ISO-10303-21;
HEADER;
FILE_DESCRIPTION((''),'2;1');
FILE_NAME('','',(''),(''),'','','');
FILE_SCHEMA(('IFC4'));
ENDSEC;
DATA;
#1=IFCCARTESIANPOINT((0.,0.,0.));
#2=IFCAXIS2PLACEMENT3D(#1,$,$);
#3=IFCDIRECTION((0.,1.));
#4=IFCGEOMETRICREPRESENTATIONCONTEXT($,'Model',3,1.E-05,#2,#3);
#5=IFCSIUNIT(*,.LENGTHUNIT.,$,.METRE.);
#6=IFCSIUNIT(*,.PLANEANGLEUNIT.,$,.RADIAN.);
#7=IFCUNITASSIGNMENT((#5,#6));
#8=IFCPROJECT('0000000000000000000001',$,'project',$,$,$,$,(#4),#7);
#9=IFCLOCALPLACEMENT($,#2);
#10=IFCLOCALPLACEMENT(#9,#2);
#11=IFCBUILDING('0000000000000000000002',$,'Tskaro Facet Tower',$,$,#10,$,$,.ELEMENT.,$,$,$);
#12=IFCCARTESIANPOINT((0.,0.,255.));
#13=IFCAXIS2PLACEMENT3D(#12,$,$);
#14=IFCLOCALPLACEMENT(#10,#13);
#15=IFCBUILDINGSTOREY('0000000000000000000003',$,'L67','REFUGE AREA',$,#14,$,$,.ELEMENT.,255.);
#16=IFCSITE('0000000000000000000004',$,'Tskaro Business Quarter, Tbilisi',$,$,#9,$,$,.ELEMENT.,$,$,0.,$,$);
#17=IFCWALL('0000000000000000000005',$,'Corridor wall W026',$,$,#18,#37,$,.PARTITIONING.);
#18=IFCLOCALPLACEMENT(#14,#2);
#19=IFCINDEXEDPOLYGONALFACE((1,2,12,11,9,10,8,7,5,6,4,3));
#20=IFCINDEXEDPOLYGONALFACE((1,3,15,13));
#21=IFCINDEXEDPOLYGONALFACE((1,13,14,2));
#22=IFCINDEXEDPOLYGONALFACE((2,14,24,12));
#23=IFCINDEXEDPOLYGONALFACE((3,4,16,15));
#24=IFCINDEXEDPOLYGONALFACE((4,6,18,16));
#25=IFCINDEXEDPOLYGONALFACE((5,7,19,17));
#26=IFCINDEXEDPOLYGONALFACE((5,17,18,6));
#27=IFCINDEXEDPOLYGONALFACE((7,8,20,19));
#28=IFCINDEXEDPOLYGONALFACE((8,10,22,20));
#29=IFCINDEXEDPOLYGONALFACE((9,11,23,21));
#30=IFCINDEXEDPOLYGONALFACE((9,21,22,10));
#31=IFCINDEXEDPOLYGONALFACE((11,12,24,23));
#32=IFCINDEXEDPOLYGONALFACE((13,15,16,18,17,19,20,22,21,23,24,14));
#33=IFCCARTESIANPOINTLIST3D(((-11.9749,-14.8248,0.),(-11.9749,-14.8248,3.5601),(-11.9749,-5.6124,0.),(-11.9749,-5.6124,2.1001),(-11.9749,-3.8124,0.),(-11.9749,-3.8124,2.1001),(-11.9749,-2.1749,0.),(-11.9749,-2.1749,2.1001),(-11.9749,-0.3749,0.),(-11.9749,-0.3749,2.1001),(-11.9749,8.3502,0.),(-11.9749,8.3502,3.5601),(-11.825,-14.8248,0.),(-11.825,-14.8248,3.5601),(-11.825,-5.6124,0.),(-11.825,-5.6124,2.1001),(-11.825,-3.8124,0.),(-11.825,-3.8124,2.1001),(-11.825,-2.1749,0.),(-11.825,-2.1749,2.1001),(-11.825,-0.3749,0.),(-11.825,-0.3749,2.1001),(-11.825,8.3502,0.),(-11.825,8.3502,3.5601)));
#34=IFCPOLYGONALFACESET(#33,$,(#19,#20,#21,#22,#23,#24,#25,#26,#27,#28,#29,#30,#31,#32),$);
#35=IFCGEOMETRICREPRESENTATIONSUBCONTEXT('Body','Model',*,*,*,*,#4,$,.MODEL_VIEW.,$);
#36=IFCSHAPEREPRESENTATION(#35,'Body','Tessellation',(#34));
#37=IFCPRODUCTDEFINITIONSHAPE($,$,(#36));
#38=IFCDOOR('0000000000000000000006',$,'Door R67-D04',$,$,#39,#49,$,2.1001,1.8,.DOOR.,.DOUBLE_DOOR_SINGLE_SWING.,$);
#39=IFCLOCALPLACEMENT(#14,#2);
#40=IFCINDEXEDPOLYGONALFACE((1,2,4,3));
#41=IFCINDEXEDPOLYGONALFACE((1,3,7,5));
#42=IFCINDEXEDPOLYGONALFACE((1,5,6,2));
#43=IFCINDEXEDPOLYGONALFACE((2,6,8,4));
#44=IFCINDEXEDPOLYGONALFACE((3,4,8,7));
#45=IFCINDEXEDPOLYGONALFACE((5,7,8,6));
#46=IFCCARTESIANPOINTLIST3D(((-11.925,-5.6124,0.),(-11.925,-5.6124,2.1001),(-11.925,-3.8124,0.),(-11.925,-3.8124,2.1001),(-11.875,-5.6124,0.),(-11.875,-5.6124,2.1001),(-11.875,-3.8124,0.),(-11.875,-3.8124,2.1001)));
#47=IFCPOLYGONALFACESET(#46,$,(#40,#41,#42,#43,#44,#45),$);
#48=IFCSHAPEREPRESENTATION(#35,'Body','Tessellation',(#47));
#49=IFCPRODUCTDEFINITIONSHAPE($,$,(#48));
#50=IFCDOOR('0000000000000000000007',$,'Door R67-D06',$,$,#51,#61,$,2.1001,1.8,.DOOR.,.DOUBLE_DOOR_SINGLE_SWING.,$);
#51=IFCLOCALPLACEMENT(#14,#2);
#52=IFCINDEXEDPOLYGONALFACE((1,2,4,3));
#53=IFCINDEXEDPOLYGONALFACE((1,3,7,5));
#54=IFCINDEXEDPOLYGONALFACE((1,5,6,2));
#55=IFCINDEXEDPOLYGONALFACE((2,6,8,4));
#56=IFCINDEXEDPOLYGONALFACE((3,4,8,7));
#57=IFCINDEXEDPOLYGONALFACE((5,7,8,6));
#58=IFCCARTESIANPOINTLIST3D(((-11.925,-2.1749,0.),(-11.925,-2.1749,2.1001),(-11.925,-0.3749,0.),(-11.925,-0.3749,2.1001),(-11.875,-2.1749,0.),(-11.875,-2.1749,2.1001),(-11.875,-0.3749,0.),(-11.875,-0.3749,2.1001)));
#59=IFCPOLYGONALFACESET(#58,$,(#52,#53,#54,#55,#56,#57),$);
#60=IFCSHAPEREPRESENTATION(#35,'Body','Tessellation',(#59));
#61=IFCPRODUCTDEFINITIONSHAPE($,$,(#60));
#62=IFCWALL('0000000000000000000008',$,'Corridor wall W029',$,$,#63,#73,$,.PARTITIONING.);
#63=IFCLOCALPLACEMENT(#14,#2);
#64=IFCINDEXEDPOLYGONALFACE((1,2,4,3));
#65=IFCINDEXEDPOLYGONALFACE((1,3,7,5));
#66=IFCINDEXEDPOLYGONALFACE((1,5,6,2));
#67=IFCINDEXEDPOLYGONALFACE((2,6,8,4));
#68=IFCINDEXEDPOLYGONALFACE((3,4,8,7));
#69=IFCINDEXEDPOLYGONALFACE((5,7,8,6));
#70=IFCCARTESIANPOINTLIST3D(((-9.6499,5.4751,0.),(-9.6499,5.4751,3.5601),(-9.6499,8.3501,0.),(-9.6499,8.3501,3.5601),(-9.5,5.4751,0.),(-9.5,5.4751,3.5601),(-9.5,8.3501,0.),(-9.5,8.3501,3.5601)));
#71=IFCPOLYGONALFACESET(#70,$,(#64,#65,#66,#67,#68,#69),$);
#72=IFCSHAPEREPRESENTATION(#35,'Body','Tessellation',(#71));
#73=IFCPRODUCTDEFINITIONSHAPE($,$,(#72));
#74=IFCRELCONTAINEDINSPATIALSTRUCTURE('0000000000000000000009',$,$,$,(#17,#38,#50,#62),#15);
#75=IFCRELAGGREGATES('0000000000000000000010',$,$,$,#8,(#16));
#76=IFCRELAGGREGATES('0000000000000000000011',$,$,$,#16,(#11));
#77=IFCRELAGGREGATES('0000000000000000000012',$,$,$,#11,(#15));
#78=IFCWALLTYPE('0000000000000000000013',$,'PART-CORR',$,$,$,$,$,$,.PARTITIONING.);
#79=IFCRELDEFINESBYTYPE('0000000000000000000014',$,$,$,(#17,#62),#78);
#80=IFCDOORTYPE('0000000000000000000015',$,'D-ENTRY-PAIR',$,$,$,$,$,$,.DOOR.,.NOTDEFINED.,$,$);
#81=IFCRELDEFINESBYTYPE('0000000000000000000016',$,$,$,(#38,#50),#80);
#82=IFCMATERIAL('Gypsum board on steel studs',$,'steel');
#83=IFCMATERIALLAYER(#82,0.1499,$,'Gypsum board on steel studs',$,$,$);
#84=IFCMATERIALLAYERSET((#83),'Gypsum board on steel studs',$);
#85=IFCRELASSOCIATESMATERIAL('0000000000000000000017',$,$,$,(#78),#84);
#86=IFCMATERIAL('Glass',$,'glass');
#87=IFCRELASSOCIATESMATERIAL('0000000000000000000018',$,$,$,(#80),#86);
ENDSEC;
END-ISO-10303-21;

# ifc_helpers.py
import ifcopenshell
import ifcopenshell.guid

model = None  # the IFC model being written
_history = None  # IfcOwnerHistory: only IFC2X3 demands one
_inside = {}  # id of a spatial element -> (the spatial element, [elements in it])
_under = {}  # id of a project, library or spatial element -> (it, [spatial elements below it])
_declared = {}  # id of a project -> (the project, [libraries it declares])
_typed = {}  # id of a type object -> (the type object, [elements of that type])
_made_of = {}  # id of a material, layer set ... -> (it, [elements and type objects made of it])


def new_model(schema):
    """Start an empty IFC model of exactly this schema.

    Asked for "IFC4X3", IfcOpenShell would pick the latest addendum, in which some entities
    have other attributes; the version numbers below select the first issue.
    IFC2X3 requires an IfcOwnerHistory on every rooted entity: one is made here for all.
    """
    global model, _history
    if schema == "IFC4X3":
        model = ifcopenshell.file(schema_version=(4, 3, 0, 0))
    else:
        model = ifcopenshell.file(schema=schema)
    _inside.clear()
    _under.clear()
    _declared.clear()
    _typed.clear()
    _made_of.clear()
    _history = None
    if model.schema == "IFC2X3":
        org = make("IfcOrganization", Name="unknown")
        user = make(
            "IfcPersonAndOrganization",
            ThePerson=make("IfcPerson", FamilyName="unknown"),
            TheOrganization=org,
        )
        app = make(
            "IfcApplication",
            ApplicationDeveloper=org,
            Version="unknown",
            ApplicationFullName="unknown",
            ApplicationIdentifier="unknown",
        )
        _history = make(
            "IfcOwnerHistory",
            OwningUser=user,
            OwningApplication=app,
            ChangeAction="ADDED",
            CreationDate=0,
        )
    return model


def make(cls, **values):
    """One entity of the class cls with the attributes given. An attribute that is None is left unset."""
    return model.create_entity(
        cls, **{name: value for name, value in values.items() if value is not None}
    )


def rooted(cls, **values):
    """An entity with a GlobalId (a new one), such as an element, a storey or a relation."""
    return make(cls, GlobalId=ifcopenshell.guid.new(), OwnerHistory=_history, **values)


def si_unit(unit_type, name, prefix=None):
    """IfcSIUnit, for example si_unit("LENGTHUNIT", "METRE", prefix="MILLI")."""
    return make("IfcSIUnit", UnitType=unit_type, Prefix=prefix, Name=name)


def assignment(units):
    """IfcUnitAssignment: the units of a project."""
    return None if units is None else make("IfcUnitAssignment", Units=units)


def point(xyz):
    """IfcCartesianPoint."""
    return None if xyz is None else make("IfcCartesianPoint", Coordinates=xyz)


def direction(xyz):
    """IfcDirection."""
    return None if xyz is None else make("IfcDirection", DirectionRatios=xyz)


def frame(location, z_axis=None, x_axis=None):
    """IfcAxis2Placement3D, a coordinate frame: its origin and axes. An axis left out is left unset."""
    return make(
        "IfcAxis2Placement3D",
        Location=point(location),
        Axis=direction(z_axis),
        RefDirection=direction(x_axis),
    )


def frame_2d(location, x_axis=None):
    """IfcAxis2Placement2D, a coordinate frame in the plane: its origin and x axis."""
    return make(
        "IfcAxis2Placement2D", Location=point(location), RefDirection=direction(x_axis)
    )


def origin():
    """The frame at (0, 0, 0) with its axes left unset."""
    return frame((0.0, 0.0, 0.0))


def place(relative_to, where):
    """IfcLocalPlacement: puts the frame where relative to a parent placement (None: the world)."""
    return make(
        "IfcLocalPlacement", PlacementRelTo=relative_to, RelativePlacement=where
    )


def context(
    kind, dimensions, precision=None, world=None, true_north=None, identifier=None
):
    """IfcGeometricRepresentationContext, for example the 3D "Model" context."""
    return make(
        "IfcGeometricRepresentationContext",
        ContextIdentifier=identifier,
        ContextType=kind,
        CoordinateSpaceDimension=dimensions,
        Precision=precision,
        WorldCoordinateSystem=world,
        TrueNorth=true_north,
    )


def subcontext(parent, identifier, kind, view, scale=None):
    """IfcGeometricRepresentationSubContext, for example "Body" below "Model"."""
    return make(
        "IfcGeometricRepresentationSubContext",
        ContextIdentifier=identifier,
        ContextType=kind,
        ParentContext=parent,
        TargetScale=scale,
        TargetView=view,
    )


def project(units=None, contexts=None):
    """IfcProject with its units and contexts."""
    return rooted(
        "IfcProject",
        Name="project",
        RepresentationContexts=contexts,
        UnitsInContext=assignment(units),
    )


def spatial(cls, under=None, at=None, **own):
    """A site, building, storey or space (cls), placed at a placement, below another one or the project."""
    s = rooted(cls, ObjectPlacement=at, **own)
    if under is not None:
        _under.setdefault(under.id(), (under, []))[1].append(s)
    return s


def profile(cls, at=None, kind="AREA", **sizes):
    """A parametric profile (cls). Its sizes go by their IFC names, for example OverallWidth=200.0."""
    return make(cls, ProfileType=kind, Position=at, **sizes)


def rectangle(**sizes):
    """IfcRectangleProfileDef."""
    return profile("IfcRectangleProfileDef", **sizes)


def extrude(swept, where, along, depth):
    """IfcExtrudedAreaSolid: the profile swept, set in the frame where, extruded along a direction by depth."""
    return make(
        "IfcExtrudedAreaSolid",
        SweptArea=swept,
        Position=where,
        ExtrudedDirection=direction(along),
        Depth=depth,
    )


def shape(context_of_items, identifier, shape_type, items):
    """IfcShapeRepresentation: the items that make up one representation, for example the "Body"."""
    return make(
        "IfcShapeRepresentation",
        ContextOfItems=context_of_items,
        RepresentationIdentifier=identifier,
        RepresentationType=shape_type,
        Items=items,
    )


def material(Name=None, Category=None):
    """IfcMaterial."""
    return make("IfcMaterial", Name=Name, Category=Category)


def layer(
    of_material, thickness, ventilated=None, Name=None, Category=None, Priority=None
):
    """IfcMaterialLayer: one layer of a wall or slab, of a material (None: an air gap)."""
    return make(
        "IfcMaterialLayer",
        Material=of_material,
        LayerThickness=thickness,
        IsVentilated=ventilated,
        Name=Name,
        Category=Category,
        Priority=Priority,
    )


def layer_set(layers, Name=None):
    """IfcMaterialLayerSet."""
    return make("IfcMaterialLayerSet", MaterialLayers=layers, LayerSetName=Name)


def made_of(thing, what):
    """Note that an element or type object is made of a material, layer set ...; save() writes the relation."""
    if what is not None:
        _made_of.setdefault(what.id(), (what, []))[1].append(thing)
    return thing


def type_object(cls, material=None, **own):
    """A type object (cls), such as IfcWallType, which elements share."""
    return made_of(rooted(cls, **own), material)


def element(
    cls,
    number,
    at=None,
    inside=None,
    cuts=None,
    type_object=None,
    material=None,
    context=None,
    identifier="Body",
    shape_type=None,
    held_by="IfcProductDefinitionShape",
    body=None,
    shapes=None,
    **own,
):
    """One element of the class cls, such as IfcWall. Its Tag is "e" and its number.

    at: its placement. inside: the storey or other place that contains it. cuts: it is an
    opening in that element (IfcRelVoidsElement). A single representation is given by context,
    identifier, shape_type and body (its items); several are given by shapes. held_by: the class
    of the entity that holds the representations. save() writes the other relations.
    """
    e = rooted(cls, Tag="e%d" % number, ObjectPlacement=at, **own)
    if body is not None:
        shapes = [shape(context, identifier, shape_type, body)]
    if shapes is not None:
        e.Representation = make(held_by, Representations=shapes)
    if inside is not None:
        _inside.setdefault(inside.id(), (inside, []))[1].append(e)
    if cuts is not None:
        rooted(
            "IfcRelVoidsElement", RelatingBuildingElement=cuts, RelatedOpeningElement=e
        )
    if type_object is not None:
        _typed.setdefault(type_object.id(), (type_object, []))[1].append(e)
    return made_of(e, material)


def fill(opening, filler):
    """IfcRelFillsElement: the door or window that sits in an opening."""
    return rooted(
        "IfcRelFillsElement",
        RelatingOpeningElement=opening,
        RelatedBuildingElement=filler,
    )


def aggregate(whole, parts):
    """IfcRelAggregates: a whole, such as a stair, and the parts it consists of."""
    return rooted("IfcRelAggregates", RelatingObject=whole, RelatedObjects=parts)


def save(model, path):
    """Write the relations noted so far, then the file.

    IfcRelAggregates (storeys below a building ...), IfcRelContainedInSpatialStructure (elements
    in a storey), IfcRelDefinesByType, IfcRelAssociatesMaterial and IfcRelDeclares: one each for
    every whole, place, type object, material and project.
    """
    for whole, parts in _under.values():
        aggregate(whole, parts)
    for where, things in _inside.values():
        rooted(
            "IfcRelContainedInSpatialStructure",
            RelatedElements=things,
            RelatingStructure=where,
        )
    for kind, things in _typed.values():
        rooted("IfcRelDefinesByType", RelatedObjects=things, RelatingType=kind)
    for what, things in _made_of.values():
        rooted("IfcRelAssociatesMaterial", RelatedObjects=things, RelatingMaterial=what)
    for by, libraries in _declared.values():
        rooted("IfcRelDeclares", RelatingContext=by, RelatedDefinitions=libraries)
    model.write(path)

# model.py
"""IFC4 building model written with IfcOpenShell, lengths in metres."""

from ifc_helpers import new_model, si_unit, direction, frame, frame_2d, origin, place, context, subcontext, project, spatial, rectangle, extrude, material, layer, layer_set, type_object, element, fill, save


model = new_model("IFC4")

# Units and contexts
model_context = context("Model", 3, precision=1e-05, world=origin(), true_north=direction((0.0, 1.0)))
body_context = subcontext(model_context, "Body", "Model", "MODEL_VIEW")
ifc_project = project(units=[si_unit("LENGTHUNIT", "METRE"), si_unit("PLANEANGLEUNIT", "RADIAN")], contexts=[model_context])

# Site, building, storey
site_placement = place(None, origin())
site = spatial("IfcSite", under=ifc_project, at=site_placement, Name="Tskaro Business Quarter, Tbilisi", CompositionType="ELEMENT", RefElevation=0.0)
building_placement = place(site_placement, origin())
building = spatial("IfcBuilding", under=site, at=building_placement, Name="Tskaro Facet Tower", CompositionType="ELEMENT")
storey_placement = place(building_placement, frame((0.0, 0.0, 255.0)))
storey = spatial("IfcBuildingStorey", under=building, at=storey_placement, Name="L67", Description="REFUGE AREA", CompositionType="ELEMENT", Elevation=255.0)

# Shared definitions
ifc_material_1 = material(Name="Gypsum board on steel studs", Category="steel")

# Shared definitions
ifc_layer_1 = layer(ifc_material_1, 0.1499, Name="Gypsum board on steel studs")
ifc_layer_set_1 = layer_set([ifc_layer_1], Name="Gypsum board on steel studs")
wall_type_1 = type_object("IfcWallType", Name="PART-CORR", PredefinedType="PARTITIONING", material=ifc_layer_set_1)

# Wall, openings, doors
wall_1_placement = place(storey_placement, frame((-11.8999, 8.3501, 0.0), z_axis=(0.0, 0.0, 1.0), x_axis=(0.0, -1.0, 0.0)))
wall_1 = element("IfcWall", 1, at=wall_1_placement, inside=storey, type_object=wall_type_1, Name="Corridor wall W026", PredefinedType="PARTITIONING", context=body_context, shape_type="SweptSolid", body=[
    extrude(rectangle(XDim=23.175, YDim=0.1499, at=frame_2d((11.5874, 0.0))), origin(), (0.0, 0.0, 1.0), 3.5601),
])
opening_1_placement = place(wall_1_placement, frame((12.1626, 0.0, 0.0)))
opening_1 = element("IfcOpeningElement", 2, at=opening_1_placement, cuts=wall_1, PredefinedType="OPENING", context=body_context, shape_type="SweptSolid", body=[
    extrude(rectangle(XDim=1.8, YDim=2.1001, at=frame_2d((0.8999, 1.05))), frame((0.0, 0.085, 0.0), z_axis=(0.0, -1.0, 0.0), x_axis=(1.0, 0.0, 0.0)), (0.0, 0.0, 1.0), 0.1699),
])
opening_2_placement = place(wall_1_placement, frame((8.7251, 0.0, 0.0)))
opening_2 = element("IfcOpeningElement", 3, at=opening_2_placement, cuts=wall_1, PredefinedType="OPENING", context=body_context, shape_type="SweptSolid", body=[
    extrude(rectangle(XDim=1.8, YDim=2.1001, at=frame_2d((0.8999, 1.05))), frame((0.0, 0.085, 0.0), z_axis=(0.0, -1.0, 0.0), x_axis=(1.0, 0.0, 0.0)), (0.0, 0.0, 1.0), 0.1699),
])
ifc_material_2 = material(Name="Glass", Category="glass")
door_type_1 = type_object("IfcDoorType", Name="D-ENTRY-PAIR", OperationType="NOTDEFINED", PredefinedType="DOOR", material=ifc_material_2)
door_1_placement = place(opening_1_placement, origin())
door_1 = element("IfcDoor", 4, at=door_1_placement, inside=storey, type_object=door_type_1, Name="Door R67-D04", OperationType="DOUBLE_DOOR_SINGLE_SWING", OverallHeight=2.1001, OverallWidth=1.8, PredefinedType="DOOR", context=body_context, shape_type="SweptSolid", body=[
    extrude(rectangle(XDim=1.8, YDim=2.1001, at=frame_2d((0.8999, 1.05))), frame((0.0, 0.0249, 0.0), z_axis=(0.0, -1.0, 0.0), x_axis=(1.0, 0.0, 0.0)), (0.0, 0.0, 1.0), 0.05),
])
fill(opening_1, door_1)
door_2_placement = place(opening_2_placement, origin())
door_2 = element("IfcDoor", 5, at=door_2_placement, inside=storey, type_object=door_type_1, Name="Door R67-D06", OperationType="DOUBLE_DOOR_SINGLE_SWING", OverallHeight=2.1001, OverallWidth=1.8, PredefinedType="DOOR", context=body_context, shape_type="SweptSolid", body=[
    extrude(rectangle(XDim=1.8, YDim=2.1001, at=frame_2d((0.8999, 1.05))), frame((0.0, 0.0249, 0.0), z_axis=(0.0, -1.0, 0.0), x_axis=(1.0, 0.0, 0.0)), (0.0, 0.0, 1.0), 0.05),
])
fill(opening_2, door_2)

# Wall
wall_2_placement = place(storey_placement, frame((-9.575, 5.4751, 0.0), z_axis=(0.0, 0.0, 1.0), x_axis=(0.0, 1.0, 0.0)))
element("IfcWall", 6, at=wall_2_placement, inside=storey, type_object=wall_type_1, Name="Corridor wall W029", PredefinedType="PARTITIONING", context=body_context, shape_type="SweptSolid", body=[
    extrude(rectangle(XDim=2.875, YDim=0.1499, at=frame_2d((1.4375, 0.0))), origin(), (0.0, 0.0, 1.0), 3.5601),
])

save(model, "model.ifc")
